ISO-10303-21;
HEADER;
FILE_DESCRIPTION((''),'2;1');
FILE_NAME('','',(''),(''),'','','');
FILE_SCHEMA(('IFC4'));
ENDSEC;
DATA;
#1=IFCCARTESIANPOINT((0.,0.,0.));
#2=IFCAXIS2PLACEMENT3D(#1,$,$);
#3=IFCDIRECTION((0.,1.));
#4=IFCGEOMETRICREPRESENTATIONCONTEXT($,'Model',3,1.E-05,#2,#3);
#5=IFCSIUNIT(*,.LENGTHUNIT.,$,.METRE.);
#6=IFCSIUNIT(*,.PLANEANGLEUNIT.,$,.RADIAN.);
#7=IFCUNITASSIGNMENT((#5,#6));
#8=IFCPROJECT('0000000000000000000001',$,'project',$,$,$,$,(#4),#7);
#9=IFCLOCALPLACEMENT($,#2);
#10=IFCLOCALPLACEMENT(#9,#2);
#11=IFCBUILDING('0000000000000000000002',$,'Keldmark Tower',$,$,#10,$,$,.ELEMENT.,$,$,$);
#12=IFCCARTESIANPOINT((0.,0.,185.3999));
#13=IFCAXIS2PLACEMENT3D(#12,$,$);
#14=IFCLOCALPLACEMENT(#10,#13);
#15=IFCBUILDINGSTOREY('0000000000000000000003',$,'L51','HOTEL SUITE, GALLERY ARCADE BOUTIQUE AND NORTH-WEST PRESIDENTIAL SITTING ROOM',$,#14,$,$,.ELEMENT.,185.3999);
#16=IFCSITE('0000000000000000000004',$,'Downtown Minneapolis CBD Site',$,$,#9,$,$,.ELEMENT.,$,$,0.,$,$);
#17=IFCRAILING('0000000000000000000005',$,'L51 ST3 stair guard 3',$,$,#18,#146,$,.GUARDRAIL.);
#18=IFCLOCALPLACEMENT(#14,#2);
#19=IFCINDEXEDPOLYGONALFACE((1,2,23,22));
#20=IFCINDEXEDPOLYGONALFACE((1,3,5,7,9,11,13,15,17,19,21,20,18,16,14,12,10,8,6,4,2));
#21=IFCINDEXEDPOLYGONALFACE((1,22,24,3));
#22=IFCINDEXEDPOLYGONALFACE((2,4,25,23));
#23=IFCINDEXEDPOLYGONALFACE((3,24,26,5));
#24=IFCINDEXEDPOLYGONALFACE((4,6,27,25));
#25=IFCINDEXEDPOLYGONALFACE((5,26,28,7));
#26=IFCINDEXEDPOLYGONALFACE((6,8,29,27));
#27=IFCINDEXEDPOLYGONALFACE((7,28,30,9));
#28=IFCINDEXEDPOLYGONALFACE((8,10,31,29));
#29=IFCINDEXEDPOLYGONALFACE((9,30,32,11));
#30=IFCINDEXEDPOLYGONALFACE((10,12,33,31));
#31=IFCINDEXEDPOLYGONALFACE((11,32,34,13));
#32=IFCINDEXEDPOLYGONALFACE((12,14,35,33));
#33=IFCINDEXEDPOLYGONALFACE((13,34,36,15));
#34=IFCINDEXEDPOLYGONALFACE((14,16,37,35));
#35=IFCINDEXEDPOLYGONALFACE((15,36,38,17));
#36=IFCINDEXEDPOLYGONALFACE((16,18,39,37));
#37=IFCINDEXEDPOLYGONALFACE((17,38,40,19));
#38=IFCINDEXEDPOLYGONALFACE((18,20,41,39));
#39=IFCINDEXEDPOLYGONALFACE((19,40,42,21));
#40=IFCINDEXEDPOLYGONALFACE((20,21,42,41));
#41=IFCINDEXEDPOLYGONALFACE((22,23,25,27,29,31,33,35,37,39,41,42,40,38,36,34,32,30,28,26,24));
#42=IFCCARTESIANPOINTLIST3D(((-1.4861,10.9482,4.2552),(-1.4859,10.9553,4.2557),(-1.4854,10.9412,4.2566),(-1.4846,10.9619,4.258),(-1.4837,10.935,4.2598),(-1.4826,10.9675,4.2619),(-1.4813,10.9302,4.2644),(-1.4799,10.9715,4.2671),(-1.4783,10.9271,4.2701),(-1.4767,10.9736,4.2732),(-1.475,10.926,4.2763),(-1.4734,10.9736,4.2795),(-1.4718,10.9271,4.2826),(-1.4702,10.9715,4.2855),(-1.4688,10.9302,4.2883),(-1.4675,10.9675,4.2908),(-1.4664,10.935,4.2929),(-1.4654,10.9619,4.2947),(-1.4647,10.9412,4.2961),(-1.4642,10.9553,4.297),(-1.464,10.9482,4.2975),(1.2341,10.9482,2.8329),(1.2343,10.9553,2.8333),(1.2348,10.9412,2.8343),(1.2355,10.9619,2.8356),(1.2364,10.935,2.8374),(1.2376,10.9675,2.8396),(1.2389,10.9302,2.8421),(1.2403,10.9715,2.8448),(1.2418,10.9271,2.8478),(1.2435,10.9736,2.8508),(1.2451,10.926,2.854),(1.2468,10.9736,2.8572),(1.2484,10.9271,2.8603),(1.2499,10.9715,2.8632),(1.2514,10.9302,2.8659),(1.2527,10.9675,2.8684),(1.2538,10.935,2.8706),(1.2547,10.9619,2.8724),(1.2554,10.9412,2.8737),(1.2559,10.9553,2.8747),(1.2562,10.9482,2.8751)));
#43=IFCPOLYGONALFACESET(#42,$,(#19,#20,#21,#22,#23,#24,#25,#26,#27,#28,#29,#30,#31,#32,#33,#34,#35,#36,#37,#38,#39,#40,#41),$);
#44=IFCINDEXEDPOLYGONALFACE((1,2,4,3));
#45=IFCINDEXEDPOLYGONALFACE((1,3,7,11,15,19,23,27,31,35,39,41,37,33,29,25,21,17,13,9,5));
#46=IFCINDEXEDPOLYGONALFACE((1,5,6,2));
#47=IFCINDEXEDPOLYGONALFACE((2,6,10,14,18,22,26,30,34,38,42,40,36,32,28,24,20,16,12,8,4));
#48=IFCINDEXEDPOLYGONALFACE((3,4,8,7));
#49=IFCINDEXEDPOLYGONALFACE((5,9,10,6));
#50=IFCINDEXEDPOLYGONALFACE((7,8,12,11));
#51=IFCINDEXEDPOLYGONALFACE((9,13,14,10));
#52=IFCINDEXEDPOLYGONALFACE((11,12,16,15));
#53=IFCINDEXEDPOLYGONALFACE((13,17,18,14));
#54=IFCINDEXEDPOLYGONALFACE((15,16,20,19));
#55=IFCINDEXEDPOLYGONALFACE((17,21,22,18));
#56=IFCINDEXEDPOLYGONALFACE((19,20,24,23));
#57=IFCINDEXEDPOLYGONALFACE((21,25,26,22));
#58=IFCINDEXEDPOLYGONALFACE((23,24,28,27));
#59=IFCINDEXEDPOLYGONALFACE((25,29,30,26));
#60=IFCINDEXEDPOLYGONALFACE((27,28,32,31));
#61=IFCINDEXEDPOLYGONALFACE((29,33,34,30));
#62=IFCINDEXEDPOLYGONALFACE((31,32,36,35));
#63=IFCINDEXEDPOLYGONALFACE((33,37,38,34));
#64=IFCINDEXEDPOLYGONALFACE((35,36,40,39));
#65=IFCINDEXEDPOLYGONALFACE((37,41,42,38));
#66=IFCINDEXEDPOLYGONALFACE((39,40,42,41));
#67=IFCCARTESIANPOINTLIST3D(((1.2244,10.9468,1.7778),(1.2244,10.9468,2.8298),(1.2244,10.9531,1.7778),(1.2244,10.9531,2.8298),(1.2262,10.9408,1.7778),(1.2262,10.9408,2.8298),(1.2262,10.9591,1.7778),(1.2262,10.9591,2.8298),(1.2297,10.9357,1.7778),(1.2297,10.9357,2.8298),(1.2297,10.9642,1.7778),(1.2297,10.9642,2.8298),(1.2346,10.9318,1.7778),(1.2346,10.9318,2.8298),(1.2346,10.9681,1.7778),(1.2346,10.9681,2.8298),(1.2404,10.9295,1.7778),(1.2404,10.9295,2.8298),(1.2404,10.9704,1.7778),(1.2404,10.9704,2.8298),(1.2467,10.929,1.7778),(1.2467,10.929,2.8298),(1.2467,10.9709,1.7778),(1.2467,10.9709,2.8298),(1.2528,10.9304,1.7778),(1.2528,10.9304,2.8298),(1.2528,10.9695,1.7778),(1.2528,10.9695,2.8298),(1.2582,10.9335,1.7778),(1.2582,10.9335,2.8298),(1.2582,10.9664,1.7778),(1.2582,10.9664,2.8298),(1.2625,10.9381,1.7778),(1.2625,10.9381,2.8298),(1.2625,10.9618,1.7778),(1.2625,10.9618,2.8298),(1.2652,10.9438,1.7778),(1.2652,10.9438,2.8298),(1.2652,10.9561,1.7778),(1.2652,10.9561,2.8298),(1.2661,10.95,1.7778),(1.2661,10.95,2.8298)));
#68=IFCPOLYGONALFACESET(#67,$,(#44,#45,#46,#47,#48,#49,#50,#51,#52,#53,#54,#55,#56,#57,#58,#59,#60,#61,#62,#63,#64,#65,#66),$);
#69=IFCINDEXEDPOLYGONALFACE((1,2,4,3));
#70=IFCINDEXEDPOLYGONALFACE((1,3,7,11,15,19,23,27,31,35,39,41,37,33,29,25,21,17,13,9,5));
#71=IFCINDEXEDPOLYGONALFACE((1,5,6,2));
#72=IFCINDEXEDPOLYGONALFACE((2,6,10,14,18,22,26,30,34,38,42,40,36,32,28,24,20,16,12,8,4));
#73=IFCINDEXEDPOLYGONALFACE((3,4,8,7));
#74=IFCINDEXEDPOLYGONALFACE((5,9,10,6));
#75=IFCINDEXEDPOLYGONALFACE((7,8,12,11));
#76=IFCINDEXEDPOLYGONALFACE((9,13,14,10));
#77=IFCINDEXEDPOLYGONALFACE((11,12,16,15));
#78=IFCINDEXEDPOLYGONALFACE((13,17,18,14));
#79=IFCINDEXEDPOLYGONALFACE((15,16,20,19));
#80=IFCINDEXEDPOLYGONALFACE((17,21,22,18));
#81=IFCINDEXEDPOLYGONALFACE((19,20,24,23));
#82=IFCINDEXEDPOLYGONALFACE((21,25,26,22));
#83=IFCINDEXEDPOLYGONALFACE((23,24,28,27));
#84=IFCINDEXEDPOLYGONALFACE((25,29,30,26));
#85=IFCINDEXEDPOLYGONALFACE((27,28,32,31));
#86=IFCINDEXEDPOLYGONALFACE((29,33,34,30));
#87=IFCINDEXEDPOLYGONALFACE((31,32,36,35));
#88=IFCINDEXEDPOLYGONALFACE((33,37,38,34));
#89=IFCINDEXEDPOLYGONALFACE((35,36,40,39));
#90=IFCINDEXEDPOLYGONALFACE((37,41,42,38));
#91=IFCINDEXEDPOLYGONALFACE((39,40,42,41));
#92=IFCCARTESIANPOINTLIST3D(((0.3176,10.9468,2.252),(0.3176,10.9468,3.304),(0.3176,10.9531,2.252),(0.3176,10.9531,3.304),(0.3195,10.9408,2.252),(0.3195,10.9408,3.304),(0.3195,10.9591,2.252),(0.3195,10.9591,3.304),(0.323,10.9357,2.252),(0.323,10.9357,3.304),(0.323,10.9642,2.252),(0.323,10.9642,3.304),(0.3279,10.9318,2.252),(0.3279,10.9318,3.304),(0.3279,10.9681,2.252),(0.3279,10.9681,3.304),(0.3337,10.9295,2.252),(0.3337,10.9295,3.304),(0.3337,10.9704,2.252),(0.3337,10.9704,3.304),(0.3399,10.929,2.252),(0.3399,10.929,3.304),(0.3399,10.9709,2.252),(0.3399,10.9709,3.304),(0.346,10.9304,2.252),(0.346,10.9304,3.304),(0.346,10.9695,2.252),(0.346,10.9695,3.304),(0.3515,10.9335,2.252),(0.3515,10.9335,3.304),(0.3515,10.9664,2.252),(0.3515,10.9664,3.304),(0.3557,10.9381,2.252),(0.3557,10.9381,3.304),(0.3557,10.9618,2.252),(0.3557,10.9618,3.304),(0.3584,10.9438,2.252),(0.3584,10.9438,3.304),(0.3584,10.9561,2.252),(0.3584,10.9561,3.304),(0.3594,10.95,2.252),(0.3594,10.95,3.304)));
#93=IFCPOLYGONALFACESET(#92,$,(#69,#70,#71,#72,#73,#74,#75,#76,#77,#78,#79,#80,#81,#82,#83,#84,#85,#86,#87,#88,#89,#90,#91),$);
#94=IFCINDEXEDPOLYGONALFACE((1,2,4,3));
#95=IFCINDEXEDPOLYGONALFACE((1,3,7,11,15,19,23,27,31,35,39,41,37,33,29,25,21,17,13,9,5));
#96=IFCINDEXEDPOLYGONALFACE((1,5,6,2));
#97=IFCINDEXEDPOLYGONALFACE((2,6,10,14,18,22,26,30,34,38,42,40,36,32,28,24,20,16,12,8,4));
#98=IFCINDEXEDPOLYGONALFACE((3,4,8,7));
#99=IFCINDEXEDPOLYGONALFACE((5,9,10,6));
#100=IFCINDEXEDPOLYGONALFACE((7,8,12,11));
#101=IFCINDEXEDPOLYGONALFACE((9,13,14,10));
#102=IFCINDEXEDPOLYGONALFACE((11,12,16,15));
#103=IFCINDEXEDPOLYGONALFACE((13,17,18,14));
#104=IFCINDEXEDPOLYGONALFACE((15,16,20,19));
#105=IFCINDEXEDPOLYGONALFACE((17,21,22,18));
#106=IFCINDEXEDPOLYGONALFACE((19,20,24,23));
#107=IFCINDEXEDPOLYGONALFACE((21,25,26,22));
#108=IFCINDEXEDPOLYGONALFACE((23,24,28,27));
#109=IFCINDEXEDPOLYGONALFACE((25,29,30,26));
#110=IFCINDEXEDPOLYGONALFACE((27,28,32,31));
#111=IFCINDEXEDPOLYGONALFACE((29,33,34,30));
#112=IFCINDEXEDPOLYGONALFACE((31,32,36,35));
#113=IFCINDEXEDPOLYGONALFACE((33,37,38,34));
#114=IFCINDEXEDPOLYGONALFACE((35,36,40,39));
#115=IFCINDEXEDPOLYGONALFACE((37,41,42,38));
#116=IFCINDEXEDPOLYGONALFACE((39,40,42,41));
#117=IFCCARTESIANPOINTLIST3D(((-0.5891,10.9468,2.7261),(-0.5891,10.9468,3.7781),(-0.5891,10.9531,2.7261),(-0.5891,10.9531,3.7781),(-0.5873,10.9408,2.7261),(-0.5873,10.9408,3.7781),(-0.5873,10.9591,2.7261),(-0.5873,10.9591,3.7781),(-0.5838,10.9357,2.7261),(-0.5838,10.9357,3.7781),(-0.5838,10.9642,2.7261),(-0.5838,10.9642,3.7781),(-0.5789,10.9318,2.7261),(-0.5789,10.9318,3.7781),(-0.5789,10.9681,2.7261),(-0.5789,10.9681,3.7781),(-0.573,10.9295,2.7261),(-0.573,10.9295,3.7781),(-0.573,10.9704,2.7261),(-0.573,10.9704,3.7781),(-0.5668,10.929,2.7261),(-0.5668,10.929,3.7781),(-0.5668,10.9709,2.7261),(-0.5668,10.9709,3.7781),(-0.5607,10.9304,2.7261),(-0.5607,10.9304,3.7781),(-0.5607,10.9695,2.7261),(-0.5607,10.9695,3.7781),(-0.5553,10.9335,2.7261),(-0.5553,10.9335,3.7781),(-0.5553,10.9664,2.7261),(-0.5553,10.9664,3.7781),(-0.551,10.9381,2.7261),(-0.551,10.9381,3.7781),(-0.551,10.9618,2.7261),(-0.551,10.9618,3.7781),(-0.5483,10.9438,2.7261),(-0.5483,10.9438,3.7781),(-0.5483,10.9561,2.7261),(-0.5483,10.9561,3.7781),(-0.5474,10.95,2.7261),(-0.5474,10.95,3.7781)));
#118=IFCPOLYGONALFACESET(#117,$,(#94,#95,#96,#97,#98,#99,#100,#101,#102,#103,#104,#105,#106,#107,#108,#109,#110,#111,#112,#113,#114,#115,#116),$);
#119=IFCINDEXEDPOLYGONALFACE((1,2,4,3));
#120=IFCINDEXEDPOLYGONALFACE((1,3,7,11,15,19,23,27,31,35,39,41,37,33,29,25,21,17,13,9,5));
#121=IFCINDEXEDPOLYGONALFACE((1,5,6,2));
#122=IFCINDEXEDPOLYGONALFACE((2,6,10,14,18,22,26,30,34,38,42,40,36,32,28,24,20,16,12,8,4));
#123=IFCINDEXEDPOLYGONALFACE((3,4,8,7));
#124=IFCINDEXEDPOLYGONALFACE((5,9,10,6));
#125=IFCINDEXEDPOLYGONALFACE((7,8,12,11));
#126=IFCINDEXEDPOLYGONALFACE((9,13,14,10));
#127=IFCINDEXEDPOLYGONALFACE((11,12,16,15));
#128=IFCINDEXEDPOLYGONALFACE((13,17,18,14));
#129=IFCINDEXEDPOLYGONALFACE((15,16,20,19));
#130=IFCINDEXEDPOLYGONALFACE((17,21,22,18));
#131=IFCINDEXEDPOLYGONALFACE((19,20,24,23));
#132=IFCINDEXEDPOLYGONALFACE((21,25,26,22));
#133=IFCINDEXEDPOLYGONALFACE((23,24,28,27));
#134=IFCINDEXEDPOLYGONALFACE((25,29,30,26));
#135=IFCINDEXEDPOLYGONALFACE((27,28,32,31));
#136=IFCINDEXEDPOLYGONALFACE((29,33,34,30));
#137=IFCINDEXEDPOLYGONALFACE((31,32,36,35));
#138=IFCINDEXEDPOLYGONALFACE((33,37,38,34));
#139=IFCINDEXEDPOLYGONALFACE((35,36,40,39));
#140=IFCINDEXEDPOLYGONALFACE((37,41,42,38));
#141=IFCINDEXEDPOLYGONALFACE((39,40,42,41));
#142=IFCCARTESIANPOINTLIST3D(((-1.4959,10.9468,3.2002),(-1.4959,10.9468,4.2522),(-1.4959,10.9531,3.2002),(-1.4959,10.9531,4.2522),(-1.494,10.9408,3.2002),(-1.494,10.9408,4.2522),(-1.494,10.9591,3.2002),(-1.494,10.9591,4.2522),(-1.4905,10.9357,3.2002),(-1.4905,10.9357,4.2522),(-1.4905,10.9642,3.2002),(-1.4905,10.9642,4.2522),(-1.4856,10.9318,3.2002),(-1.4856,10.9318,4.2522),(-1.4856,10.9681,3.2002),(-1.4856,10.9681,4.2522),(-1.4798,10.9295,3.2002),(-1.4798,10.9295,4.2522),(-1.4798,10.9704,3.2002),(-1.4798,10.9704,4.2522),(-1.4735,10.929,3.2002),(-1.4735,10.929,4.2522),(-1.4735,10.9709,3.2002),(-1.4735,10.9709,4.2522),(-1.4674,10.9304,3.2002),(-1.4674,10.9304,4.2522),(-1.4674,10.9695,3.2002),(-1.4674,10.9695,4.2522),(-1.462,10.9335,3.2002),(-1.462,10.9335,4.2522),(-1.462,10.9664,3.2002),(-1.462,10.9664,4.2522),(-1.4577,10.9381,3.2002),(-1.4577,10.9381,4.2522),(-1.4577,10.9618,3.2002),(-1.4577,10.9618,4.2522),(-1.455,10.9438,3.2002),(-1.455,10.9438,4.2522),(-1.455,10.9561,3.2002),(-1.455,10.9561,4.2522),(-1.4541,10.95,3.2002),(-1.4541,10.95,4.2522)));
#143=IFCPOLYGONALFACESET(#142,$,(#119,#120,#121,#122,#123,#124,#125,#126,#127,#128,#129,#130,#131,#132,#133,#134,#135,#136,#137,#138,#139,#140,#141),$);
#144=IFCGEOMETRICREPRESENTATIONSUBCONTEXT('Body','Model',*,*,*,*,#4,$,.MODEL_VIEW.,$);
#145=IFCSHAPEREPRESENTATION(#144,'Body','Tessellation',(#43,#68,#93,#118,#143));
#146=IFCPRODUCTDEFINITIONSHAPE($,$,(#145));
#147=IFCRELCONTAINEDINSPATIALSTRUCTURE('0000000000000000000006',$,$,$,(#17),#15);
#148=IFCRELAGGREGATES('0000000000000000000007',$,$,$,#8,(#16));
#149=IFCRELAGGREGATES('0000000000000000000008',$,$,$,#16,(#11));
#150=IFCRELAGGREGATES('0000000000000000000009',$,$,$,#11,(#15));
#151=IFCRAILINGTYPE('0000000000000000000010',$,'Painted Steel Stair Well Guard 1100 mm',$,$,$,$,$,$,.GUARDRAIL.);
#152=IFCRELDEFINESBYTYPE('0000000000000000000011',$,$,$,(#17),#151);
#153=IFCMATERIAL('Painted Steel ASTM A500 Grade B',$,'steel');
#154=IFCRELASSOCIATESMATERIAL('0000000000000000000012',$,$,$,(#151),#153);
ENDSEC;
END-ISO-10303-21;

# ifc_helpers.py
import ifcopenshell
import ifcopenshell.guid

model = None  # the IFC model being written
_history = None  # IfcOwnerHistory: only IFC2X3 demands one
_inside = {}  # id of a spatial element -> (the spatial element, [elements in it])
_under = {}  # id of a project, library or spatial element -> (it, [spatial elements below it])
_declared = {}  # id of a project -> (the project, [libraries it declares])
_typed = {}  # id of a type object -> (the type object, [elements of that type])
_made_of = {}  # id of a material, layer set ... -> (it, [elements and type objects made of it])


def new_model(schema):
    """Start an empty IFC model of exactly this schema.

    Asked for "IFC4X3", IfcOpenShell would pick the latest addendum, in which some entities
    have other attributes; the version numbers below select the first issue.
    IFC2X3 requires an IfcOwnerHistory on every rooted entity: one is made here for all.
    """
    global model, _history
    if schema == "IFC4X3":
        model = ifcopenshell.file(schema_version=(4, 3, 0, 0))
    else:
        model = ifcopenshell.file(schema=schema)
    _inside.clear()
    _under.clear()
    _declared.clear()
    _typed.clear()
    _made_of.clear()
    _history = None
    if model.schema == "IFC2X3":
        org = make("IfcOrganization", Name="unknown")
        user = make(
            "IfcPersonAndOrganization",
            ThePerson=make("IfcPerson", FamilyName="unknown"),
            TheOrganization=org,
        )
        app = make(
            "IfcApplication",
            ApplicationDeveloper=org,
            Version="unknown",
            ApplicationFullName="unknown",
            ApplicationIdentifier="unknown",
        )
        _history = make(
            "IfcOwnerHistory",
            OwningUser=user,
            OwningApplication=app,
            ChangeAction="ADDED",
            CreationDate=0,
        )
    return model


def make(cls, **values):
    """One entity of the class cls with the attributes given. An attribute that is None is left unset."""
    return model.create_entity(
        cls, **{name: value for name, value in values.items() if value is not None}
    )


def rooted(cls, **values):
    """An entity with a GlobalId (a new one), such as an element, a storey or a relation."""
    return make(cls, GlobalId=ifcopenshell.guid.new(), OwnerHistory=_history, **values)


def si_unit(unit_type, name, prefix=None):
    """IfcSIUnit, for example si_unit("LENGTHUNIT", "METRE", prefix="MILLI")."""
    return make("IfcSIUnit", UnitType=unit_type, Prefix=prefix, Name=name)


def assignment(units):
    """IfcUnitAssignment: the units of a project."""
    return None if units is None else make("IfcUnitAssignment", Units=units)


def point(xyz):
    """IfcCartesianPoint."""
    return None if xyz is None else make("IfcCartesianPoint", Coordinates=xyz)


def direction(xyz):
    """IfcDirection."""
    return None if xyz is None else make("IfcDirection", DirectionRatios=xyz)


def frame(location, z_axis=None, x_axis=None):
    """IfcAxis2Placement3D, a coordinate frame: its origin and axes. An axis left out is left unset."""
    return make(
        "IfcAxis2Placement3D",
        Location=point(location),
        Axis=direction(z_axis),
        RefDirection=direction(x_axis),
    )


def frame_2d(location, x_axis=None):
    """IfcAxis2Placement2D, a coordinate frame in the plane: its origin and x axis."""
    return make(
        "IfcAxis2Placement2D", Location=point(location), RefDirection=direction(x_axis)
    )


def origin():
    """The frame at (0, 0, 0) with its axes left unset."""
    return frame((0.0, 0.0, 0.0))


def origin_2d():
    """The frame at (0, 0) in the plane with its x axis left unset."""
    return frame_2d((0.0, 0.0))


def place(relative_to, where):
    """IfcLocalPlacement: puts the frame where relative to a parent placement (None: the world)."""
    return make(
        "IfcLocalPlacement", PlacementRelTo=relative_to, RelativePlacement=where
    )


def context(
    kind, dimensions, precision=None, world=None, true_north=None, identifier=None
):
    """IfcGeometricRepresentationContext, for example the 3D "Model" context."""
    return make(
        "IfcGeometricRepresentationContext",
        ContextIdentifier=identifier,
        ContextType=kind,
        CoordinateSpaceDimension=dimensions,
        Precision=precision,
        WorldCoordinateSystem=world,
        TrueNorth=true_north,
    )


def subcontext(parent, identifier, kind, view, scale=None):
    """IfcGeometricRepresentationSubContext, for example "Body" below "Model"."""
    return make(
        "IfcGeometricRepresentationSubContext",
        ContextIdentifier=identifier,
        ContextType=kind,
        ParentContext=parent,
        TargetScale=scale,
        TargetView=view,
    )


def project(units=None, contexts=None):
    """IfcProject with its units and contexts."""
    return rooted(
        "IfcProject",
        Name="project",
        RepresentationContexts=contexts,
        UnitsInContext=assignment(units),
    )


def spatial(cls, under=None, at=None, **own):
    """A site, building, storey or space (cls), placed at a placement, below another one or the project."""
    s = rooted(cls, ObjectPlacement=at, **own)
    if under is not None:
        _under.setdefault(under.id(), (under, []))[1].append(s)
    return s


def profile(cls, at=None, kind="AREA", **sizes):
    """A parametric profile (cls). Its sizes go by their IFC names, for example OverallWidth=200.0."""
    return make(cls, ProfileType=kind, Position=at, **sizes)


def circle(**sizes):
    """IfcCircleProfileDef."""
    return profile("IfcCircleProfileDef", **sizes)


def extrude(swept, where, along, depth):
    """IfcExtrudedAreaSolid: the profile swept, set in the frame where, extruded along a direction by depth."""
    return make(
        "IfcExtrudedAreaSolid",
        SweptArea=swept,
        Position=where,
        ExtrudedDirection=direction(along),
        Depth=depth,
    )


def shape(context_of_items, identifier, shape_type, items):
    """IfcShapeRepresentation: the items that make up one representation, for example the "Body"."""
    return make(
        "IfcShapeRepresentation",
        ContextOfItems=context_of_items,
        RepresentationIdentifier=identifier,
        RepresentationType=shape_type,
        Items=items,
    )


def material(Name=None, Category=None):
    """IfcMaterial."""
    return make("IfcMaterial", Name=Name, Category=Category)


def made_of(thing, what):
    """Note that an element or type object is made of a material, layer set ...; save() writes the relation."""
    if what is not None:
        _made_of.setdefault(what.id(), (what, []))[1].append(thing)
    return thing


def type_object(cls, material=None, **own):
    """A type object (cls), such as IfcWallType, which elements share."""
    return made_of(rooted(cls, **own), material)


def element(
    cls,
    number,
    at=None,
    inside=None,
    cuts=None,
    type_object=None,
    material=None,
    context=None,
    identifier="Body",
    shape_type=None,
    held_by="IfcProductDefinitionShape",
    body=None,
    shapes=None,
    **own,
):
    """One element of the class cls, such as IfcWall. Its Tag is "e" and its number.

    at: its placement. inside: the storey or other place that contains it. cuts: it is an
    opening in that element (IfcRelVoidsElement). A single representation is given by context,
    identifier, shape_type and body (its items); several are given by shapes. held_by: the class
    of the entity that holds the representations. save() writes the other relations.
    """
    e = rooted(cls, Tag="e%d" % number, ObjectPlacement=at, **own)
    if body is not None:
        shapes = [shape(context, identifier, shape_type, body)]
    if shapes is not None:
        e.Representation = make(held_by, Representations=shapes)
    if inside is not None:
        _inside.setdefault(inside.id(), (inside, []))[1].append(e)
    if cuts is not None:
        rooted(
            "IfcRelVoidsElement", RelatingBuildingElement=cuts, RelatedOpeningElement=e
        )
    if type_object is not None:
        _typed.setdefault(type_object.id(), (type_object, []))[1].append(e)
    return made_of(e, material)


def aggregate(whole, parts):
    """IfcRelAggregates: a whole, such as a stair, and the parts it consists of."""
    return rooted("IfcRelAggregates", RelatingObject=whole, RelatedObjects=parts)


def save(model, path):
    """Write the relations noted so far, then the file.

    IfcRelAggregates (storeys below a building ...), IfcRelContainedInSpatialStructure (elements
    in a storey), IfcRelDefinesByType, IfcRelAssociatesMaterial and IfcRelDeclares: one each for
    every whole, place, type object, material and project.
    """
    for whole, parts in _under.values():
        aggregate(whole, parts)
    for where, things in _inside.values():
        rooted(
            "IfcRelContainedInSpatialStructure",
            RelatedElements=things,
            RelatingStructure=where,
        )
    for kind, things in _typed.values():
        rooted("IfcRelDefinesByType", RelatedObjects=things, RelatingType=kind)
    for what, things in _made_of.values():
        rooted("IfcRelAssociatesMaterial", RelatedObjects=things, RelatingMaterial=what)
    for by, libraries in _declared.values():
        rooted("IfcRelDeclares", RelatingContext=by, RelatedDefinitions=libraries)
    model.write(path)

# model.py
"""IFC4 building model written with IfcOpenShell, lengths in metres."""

from ifc_helpers import new_model, si_unit, direction, frame, origin, origin_2d, place, context, subcontext, project, spatial, circle, extrude, material, type_object, element, save


model = new_model("IFC4")

# Units and contexts
model_context = context("Model", 3, precision=1e-05, world=origin(), true_north=direction((0.0, 1.0)))
body_context = subcontext(model_context, "Body", "Model", "MODEL_VIEW")
ifc_project = project(units=[si_unit("LENGTHUNIT", "METRE"), si_unit("PLANEANGLEUNIT", "RADIAN")], contexts=[model_context])

# Site, building, storey
site_placement = place(None, origin())
site = spatial("IfcSite", under=ifc_project, at=site_placement, Name="Downtown Minneapolis CBD Site", CompositionType="ELEMENT", RefElevation=0.0)
building_placement = place(site_placement, origin())
building = spatial("IfcBuilding", under=site, at=building_placement, Name="Keldmark Tower", CompositionType="ELEMENT")
storey_placement = place(building_placement, frame((0.0, 0.0, 185.3999)))
storey = spatial("IfcBuildingStorey", under=building, at=storey_placement, Name="L51", Description="HOTEL SUITE, GALLERY ARCADE BOUTIQUE AND NORTH-WEST PRESIDENTIAL SITTING ROOM", CompositionType="ELEMENT", Elevation=185.3999)

# Railing
ifc_material_1 = material(Name="Painted Steel ASTM A500 Grade B", Category="steel")
railing_type_1 = type_object("IfcRailingType", Name="Painted Steel Stair Well Guard 1100 mm", PredefinedType="GUARDRAIL", material=ifc_material_1)
railing_1_placement = place(storey_placement, frame((1.2451, 10.95, 1.7778)))
element("IfcRailing", 1, at=railing_1_placement, inside=storey, type_object=railing_type_1, Name="L51 ST3 stair guard 3", PredefinedType="GUARDRAIL", context=body_context, shape_type="SweptSolid", body=[
    extrude(circle(Radius=0.0239, at=origin_2d()), frame((0.0, 0.0, 1.0762), z_axis=(-0.886168, 0.0, 0.463365), x_axis=(0.0, -1.0, 0.0)), (0.0, 0.0, 1.0), 3.0696),
    extrude(circle(Radius=0.021, at=origin_2d()), origin(), (0.0, 0.0, 1.0), 1.052),
    extrude(circle(Radius=0.021, at=origin_2d()), frame((-0.9067, 0.0, 0.4741)), (0.0, 0.0, 1.0), 1.052),
    extrude(circle(Radius=0.021, at=origin_2d()), frame((-1.8135, 0.0, 0.9482)), (0.0, 0.0, 1.0), 1.052),
    extrude(circle(Radius=0.021, at=origin_2d()), frame((-2.7202, 0.0, 1.4224)), (0.0, 0.0, 1.0), 1.052),
])

save(model, "model.ifc")
